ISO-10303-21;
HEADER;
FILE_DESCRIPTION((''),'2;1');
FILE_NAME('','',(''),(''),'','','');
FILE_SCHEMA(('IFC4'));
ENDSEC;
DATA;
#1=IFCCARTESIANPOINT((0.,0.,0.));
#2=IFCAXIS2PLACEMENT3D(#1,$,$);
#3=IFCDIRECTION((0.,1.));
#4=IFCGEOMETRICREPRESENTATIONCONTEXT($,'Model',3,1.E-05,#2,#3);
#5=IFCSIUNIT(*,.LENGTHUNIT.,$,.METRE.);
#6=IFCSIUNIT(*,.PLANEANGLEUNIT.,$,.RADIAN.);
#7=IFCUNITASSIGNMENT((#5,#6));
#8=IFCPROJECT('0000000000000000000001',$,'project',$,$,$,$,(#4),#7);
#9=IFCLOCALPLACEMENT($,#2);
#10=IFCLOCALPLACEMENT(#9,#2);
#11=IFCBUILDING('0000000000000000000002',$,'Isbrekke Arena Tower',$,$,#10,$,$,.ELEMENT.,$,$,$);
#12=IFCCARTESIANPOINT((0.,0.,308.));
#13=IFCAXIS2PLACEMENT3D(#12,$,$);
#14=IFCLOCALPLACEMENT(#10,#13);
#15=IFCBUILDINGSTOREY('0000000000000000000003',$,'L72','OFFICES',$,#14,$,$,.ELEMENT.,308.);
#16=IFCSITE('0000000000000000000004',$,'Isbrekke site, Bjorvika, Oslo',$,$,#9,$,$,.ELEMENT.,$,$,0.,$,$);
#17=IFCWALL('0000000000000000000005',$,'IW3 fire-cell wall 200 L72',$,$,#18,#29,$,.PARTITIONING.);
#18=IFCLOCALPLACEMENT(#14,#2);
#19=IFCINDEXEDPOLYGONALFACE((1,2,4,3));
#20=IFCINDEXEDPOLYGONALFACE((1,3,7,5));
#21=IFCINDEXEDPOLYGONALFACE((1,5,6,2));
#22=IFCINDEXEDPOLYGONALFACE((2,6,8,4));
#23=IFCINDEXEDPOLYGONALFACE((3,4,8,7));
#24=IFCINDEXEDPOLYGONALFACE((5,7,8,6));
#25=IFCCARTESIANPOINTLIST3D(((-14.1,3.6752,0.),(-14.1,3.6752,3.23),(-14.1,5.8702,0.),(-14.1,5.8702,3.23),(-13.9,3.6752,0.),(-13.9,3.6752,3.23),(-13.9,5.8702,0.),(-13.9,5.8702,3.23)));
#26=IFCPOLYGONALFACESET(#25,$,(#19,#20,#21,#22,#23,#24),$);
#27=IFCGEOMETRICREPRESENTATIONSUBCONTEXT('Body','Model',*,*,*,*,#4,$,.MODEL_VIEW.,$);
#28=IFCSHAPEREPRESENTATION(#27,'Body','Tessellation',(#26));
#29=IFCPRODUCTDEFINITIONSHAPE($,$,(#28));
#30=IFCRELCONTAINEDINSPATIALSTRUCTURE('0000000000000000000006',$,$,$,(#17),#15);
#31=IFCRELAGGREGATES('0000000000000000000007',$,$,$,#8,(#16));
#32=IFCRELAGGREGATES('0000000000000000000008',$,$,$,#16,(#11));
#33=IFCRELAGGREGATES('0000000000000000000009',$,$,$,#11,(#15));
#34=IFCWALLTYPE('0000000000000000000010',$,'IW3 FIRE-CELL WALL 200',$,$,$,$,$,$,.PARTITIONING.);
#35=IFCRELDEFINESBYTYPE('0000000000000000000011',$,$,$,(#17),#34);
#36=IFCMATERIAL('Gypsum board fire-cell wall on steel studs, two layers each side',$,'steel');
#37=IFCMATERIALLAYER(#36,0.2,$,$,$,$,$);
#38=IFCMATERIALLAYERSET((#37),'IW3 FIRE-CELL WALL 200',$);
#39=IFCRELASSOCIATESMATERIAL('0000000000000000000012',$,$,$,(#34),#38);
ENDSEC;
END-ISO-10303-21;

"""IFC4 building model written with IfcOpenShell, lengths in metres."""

from ifc_helpers import new_model, si_unit, direction, frame, frame_2d, origin, place, context, subcontext, project, spatial, rectangle, extrude, material, layer, layer_set, type_object, element, save


model = new_model("IFC4")

# Units and contexts
model_context = context("Model", 3, precision=1e-05, world=origin(), true_north=direction((0.0, 1.0)))
body_context = subcontext(model_context, "Body", "Model", "MODEL_VIEW")
ifc_project = project(units=[si_unit("LENGTHUNIT", "METRE"), si_unit("PLANEANGLEUNIT", "RADIAN")], contexts=[model_context])

# Site, building, storey
site_placement = place(None, origin())
site = spatial("IfcSite", under=ifc_project, at=site_placement, Name="Isbrekke site, Bjorvika, Oslo", CompositionType="ELEMENT", RefElevation=0.0)
building_placement = place(site_placement, origin())
building = spatial("IfcBuilding", under=site, at=building_placement, Name="Isbrekke Arena Tower", CompositionType="ELEMENT")
storey_placement = place(building_placement, frame((0.0, 0.0, 308.0)))
storey = spatial("IfcBuildingStorey", under=building, at=storey_placement, Name="L72", Description="OFFICES", CompositionType="ELEMENT", Elevation=308.0)

# Wall
ifc_material_1 = material(Name="Gypsum board fire-cell wall on steel studs, two layers each side", Category="steel")
ifc_layer_1 = layer(ifc_material_1, 0.2)
ifc_layer_set_1 = layer_set([ifc_layer_1], Name="IW3 FIRE-CELL WALL 200")
wall_type_1 = type_object("IfcWallType", Name="IW3 FIRE-CELL WALL 200", PredefinedType="PARTITIONING", material=ifc_layer_set_1)
wall_1_placement = place(storey_placement, frame((-14.0, 3.675, 0.0), z_axis=(0.0, 0.0, 1.0), x_axis=(0.0, 1.0, 0.0)))
element("IfcWall", 1, at=wall_1_placement, inside=storey, type_object=wall_type_1, Name="IW3 fire-cell wall 200 L72", PredefinedType="PARTITIONING", context=body_context, shape_type="SweptSolid", body=[
    extrude(rectangle(XDim=2.1951, YDim=0.2, at=frame_2d((1.0977, 0.0))), origin(), (0.0, 0.0, 1.0), 3.23),
])

save(model, "model.ifc")
